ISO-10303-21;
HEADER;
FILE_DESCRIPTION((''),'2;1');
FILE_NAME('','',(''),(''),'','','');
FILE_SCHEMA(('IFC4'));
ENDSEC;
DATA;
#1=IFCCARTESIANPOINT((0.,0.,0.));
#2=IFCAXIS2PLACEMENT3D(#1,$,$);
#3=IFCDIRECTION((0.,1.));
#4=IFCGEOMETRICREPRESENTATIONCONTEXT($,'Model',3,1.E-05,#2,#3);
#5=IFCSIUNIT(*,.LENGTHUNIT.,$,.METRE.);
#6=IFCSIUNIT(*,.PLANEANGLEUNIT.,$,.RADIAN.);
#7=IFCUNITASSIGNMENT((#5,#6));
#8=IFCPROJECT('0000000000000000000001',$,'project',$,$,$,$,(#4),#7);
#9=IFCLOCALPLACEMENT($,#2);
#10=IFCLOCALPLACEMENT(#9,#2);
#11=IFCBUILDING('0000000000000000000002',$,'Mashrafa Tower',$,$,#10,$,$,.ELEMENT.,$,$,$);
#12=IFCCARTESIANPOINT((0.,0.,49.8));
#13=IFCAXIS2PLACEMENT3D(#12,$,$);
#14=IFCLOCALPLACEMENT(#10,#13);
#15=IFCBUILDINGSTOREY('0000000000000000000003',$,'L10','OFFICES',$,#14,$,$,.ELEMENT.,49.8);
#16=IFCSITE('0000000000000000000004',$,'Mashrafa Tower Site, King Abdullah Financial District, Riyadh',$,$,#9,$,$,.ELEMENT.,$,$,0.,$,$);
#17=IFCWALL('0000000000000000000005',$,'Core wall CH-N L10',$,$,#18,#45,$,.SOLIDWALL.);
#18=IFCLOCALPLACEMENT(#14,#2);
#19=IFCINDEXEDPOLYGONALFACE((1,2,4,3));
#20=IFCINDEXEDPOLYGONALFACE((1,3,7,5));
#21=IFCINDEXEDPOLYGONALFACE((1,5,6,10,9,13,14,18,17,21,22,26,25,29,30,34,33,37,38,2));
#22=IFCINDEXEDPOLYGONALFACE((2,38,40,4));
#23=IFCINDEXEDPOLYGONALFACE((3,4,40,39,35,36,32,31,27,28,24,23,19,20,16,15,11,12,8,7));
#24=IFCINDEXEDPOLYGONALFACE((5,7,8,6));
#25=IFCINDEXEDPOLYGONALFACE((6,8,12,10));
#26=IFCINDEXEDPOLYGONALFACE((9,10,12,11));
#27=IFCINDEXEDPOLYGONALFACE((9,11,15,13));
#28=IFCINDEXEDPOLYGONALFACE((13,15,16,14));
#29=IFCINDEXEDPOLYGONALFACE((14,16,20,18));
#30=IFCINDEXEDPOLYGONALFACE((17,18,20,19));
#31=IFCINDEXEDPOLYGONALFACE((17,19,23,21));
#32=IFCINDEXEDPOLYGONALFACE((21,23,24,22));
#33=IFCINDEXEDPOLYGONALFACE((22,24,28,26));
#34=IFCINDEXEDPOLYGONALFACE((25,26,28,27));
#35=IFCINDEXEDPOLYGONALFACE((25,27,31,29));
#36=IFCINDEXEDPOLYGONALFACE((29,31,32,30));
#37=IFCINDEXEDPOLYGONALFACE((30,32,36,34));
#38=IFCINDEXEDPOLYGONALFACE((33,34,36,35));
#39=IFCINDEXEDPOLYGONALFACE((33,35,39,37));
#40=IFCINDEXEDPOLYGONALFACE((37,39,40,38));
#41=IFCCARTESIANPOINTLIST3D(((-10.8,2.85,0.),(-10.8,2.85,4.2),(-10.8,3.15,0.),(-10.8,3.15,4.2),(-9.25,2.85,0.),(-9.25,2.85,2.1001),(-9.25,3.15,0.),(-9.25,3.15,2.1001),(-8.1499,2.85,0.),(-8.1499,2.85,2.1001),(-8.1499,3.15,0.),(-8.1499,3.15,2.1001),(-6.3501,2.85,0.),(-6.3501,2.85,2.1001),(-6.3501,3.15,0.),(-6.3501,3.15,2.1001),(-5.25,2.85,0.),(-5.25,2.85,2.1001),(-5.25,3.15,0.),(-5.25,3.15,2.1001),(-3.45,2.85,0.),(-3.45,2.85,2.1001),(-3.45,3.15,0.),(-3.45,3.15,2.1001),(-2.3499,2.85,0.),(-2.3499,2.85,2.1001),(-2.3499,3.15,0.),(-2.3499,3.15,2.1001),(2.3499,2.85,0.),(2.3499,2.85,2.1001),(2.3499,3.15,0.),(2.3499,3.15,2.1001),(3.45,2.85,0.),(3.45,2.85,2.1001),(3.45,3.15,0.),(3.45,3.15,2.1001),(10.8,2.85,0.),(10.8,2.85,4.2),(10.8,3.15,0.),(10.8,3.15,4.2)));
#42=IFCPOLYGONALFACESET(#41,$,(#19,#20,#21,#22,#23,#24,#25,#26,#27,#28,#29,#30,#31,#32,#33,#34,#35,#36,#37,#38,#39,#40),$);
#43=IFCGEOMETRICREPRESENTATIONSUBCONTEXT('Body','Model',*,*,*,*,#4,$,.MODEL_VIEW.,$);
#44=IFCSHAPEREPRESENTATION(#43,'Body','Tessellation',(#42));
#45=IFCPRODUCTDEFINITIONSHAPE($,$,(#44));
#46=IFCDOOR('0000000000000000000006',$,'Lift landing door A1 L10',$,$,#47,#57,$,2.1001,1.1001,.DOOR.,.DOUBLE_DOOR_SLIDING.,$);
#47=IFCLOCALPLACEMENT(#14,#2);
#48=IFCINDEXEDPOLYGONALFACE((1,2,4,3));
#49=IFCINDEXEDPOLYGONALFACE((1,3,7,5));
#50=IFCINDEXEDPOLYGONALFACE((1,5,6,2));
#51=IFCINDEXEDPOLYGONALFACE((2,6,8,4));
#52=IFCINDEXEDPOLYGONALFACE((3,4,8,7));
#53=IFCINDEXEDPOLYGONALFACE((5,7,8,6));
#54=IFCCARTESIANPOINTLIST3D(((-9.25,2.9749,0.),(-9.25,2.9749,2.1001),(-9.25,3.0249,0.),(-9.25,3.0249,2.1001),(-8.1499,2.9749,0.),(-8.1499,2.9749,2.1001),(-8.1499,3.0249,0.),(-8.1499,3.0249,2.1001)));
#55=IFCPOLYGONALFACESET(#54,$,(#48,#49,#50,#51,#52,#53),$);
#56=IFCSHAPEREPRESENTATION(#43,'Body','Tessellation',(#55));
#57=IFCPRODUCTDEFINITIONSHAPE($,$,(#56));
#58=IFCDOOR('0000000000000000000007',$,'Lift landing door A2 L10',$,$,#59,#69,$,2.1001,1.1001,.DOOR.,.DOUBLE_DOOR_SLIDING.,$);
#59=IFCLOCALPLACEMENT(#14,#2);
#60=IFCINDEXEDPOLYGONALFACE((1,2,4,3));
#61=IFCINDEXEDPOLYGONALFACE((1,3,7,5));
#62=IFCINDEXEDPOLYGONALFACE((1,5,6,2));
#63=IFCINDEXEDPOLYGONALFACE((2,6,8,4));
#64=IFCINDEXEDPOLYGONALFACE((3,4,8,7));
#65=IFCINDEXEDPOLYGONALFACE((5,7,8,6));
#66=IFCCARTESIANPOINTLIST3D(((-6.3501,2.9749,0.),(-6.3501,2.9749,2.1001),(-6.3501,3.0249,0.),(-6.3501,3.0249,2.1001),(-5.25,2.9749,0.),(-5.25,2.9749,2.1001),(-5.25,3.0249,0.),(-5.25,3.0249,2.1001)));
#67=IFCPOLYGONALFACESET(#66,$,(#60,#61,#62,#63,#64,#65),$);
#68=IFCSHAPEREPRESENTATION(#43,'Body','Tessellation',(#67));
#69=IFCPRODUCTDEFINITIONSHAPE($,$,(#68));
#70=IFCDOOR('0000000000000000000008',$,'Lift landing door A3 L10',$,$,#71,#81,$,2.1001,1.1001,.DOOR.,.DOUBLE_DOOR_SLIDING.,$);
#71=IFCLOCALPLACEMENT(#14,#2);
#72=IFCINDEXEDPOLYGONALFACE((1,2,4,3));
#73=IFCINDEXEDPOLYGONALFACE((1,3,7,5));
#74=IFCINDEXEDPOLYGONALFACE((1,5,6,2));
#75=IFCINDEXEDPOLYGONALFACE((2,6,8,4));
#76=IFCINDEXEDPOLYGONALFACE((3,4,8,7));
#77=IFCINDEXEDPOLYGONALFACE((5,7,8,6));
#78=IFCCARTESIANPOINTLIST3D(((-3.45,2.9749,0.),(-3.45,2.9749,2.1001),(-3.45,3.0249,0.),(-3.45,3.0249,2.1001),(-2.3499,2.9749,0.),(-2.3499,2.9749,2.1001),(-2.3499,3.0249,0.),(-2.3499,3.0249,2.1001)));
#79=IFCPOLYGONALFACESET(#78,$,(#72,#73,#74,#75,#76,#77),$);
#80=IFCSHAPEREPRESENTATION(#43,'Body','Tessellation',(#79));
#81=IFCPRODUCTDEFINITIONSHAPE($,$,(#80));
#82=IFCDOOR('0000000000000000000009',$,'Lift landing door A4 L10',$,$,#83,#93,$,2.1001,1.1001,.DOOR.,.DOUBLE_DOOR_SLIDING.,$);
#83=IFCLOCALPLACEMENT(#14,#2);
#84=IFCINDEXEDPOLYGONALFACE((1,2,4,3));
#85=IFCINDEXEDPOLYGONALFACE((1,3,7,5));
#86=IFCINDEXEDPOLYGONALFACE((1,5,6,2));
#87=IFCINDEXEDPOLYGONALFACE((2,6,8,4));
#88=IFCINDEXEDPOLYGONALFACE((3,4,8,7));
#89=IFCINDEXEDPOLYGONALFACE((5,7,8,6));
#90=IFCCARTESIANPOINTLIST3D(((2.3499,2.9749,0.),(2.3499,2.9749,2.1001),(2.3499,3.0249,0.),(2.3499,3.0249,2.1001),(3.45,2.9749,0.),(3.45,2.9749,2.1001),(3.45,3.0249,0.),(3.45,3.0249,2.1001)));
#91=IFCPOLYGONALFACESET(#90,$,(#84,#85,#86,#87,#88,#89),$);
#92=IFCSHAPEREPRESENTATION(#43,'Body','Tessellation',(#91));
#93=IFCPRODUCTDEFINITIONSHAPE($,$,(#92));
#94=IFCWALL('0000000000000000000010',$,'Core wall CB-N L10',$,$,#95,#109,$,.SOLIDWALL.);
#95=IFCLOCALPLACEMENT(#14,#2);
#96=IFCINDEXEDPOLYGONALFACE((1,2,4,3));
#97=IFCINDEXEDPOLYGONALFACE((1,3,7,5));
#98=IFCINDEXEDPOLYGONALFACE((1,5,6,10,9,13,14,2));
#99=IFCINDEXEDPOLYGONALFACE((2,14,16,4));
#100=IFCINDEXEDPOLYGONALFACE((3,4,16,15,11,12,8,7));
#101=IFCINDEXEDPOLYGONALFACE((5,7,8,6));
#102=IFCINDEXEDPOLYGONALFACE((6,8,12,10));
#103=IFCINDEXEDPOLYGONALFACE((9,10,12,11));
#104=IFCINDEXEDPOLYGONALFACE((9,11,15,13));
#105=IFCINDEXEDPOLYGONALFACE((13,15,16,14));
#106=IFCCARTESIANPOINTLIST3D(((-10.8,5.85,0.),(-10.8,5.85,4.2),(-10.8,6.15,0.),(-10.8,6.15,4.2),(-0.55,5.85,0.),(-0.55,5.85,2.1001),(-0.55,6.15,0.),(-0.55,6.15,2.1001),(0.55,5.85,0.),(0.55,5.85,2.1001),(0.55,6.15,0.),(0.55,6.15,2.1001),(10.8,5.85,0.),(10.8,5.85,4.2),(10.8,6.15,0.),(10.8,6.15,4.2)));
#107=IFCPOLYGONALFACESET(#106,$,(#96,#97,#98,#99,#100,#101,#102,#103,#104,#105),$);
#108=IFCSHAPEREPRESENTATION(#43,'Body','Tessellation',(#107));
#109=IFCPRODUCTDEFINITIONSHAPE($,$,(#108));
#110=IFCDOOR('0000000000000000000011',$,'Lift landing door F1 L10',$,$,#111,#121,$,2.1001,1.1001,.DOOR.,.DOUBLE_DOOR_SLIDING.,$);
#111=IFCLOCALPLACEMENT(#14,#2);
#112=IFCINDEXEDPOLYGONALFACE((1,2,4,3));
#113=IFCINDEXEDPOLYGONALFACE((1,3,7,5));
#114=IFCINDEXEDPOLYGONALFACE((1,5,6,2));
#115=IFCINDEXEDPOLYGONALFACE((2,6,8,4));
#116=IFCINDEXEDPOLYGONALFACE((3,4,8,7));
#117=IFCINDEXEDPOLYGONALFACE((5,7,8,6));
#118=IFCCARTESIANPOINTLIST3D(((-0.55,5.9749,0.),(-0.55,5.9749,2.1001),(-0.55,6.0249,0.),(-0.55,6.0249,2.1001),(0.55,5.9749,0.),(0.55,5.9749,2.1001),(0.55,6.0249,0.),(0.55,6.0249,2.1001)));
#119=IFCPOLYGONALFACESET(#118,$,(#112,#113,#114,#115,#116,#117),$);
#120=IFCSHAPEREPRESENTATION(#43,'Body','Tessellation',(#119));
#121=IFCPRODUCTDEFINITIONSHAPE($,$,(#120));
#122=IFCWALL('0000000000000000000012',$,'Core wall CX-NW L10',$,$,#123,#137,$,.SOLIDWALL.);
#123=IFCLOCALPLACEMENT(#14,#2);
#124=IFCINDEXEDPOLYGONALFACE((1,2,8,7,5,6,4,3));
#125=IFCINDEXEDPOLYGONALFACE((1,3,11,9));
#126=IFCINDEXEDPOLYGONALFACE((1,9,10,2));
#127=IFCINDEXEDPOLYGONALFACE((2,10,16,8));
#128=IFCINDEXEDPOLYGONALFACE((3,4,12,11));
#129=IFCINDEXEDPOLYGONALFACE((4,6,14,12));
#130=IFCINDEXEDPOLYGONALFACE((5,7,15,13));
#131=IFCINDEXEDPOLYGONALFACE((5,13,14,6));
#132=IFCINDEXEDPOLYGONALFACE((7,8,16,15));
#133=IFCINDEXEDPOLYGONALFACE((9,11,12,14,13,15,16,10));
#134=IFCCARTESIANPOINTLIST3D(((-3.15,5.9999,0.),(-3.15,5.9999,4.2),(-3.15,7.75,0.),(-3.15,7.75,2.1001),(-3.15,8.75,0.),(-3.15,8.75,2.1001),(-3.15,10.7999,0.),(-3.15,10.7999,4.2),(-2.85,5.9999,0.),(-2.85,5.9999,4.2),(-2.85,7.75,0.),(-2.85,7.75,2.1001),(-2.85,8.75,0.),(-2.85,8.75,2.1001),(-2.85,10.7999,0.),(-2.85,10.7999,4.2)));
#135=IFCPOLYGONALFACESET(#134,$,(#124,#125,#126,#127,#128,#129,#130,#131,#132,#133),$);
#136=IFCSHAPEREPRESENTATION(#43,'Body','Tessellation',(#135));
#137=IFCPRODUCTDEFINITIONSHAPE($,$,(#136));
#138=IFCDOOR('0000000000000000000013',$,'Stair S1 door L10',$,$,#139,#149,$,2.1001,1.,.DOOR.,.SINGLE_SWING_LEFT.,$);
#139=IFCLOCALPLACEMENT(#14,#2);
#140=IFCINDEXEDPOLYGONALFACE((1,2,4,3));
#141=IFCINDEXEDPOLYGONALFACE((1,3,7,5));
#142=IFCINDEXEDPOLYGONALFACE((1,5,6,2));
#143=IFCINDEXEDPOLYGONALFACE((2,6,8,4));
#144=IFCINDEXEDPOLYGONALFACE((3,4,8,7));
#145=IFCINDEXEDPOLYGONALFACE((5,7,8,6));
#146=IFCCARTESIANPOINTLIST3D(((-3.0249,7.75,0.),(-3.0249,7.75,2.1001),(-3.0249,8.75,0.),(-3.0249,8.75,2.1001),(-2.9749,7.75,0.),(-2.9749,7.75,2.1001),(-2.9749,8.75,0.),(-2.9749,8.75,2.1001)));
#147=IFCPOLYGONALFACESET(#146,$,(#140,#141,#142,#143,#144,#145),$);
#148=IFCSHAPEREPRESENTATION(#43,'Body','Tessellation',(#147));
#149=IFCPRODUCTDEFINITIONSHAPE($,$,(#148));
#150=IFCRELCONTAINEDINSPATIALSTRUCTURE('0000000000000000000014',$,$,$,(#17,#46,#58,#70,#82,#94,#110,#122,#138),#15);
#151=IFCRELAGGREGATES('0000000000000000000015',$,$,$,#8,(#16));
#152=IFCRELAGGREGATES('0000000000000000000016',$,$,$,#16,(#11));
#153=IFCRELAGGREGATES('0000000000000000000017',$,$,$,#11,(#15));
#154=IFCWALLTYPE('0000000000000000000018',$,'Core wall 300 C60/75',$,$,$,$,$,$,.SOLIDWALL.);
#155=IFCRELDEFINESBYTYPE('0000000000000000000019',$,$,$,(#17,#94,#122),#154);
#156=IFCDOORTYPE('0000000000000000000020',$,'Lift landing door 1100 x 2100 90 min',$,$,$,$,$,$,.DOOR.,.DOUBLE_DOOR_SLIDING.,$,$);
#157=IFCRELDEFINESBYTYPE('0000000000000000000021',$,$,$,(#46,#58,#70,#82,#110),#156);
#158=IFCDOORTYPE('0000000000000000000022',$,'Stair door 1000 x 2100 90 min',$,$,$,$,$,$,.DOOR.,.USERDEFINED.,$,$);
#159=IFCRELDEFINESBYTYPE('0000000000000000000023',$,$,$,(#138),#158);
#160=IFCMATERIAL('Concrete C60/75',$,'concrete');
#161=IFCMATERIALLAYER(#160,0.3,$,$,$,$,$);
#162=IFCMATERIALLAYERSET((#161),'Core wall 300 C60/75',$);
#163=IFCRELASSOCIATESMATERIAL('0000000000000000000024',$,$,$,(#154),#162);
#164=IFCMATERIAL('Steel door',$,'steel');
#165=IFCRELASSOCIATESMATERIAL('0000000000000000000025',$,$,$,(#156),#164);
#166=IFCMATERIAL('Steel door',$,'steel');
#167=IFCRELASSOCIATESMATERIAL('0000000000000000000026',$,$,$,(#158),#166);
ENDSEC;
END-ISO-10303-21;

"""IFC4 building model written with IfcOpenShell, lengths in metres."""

from ifc_helpers import new_model, si_unit, direction, frame, frame_2d, origin, place, context, subcontext, project, spatial, rectangle, extrude, material, layer, layer_set, type_object, element, fill, save


model = new_model("IFC4")

# Units and contexts
model_context = context("Model", 3, precision=1e-05, world=origin(), true_north=direction((0.0, 1.0)))
body_context = subcontext(model_context, "Body", "Model", "MODEL_VIEW")
ifc_project = project(units=[si_unit("LENGTHUNIT", "METRE"), si_unit("PLANEANGLEUNIT", "RADIAN")], contexts=[model_context])

# Site, building, storey
site_placement = place(None, origin())
site = spatial("IfcSite", under=ifc_project, at=site_placement, Name="Mashrafa Tower Site, King Abdullah Financial District, Riyadh", CompositionType="ELEMENT", RefElevation=0.0)
building_placement = place(site_placement, origin())
building = spatial("IfcBuilding", under=site, at=building_placement, Name="Mashrafa Tower", CompositionType="ELEMENT")
storey_placement = place(building_placement, frame((0.0, 0.0, 49.8)))
storey = spatial("IfcBuildingStorey", under=building, at=storey_placement, Name="L10", Description="OFFICES", CompositionType="ELEMENT", Elevation=49.8)

# Wall, openings, doors
ifc_material_1 = material(Name="Concrete C60/75", Category="concrete")
ifc_layer_1 = layer(ifc_material_1, 0.3)
ifc_layer_set_1 = layer_set([ifc_layer_1], Name="Core wall 300 C60/75")
wall_type_1 = type_object("IfcWallType", Name="Core wall 300 C60/75", PredefinedType="SOLIDWALL", material=ifc_layer_set_1)
wall_1_placement = place(storey_placement, frame((-10.8, 3.0, 0.0), z_axis=(0.0, 0.0, 1.0), x_axis=(1.0, 0.0, 0.0)))
wall_1 = element("IfcWall", 1, at=wall_1_placement, inside=storey, type_object=wall_type_1, Name="Core wall CH-N L10", PredefinedType="SOLIDWALL", context=body_context, shape_type="SweptSolid", body=[
    extrude(rectangle(XDim=21.6001, YDim=0.3, at=frame_2d((10.8, 0.0))), origin(), (0.0, 0.0, 1.0), 4.2),
])
opening_1_placement = place(wall_1_placement, frame((1.55, 0.0, 0.0)))
opening_1 = element("IfcOpeningElement", 2, at=opening_1_placement, cuts=wall_1, PredefinedType="OPENING", context=body_context, shape_type="SweptSolid", body=[
    extrude(rectangle(XDim=1.1001, YDim=2.1001, at=frame_2d((0.55, 1.05))), frame((0.0, 0.1599, 0.0), z_axis=(0.0, -1.0, 0.0), x_axis=(1.0, 0.0, 0.0)), (0.0, 0.0, 1.0), 0.3201),
])
opening_2_placement = place(wall_1_placement, frame((4.45, 0.0, 0.0)))
opening_2 = element("IfcOpeningElement", 3, at=opening_2_placement, cuts=wall_1, PredefinedType="OPENING", context=body_context, shape_type="SweptSolid", body=[
    extrude(rectangle(XDim=1.1001, YDim=2.1001, at=frame_2d((0.55, 1.05))), frame((0.0, 0.1599, 0.0), z_axis=(0.0, -1.0, 0.0), x_axis=(1.0, 0.0, 0.0)), (0.0, 0.0, 1.0), 0.3201),
])
opening_3_placement = place(wall_1_placement, frame((7.3501, 0.0, 0.0)))
opening_3 = element("IfcOpeningElement", 4, at=opening_3_placement, cuts=wall_1, PredefinedType="OPENING", context=body_context, shape_type="SweptSolid", body=[
    extrude(rectangle(XDim=1.1001, YDim=2.1001, at=frame_2d((0.55, 1.05))), frame((0.0, 0.1599, 0.0), z_axis=(0.0, -1.0, 0.0), x_axis=(1.0, 0.0, 0.0)), (0.0, 0.0, 1.0), 0.3201),
])
opening_4_placement = place(wall_1_placement, frame((13.1499, 0.0, 0.0)))
opening_4 = element("IfcOpeningElement", 5, at=opening_4_placement, cuts=wall_1, PredefinedType="OPENING", context=body_context, shape_type="SweptSolid", body=[
    extrude(rectangle(XDim=1.1001, YDim=2.1001, at=frame_2d((0.55, 1.05))), frame((0.0, 0.1599, 0.0), z_axis=(0.0, -1.0, 0.0), x_axis=(1.0, 0.0, 0.0)), (0.0, 0.0, 1.0), 0.3201),
])
ifc_material_2 = material(Name="Steel door", Category="steel")
door_type_1 = type_object("IfcDoorType", Name="Lift landing door 1100 x 2100 90 min", OperationType="DOUBLE_DOOR_SLIDING", PredefinedType="DOOR", material=ifc_material_2)
door_1_placement = place(opening_1_placement, origin())
door_1 = element("IfcDoor", 6, at=door_1_placement, inside=storey, type_object=door_type_1, Name="Lift landing door A1 L10", OperationType="DOUBLE_DOOR_SLIDING", OverallHeight=2.1001, OverallWidth=1.1001, PredefinedType="DOOR", context=body_context, shape_type="SweptSolid", body=[
    extrude(rectangle(XDim=1.1001, YDim=2.1001, at=frame_2d((0.55, 1.05))), frame((0.0, 0.0249, 0.0), z_axis=(0.0, -1.0, 0.0), x_axis=(1.0, 0.0, 0.0)), (0.0, 0.0, 1.0), 0.05),
])
fill(opening_1, door_1)
door_2_placement = place(opening_2_placement, origin())
door_2 = element("IfcDoor", 7, at=door_2_placement, inside=storey, type_object=door_type_1, Name="Lift landing door A2 L10", OperationType="DOUBLE_DOOR_SLIDING", OverallHeight=2.1001, OverallWidth=1.1001, PredefinedType="DOOR", context=body_context, shape_type="SweptSolid", body=[
    extrude(rectangle(XDim=1.1001, YDim=2.1001, at=frame_2d((0.55, 1.05))), frame((0.0, 0.0249, 0.0), z_axis=(0.0, -1.0, 0.0), x_axis=(1.0, 0.0, 0.0)), (0.0, 0.0, 1.0), 0.05),
])
fill(opening_2, door_2)
door_3_placement = place(opening_3_placement, origin())
door_3 = element("IfcDoor", 8, at=door_3_placement, inside=storey, type_object=door_type_1, Name="Lift landing door A3 L10", OperationType="DOUBLE_DOOR_SLIDING", OverallHeight=2.1001, OverallWidth=1.1001, PredefinedType="DOOR", context=body_context, shape_type="SweptSolid", body=[
    extrude(rectangle(XDim=1.1001, YDim=2.1001, at=frame_2d((0.55, 1.05))), frame((0.0, 0.0249, 0.0), z_axis=(0.0, -1.0, 0.0), x_axis=(1.0, 0.0, 0.0)), (0.0, 0.0, 1.0), 0.05),
])
fill(opening_3, door_3)
door_4_placement = place(opening_4_placement, origin())
door_4 = element("IfcDoor", 9, at=door_4_placement, inside=storey, type_object=door_type_1, Name="Lift landing door A4 L10", OperationType="DOUBLE_DOOR_SLIDING", OverallHeight=2.1001, OverallWidth=1.1001, PredefinedType="DOOR", context=body_context, shape_type="SweptSolid", body=[
    extrude(rectangle(XDim=1.1001, YDim=2.1001, at=frame_2d((0.55, 1.05))), frame((0.0, 0.0249, 0.0), z_axis=(0.0, -1.0, 0.0), x_axis=(1.0, 0.0, 0.0)), (0.0, 0.0, 1.0), 0.05),
])
fill(opening_4, door_4)

# Walls, openings, doors
wall_2_placement = place(storey_placement, frame((-10.8, 6.0, 0.0), z_axis=(0.0, 0.0, 1.0), x_axis=(1.0, 0.0, 0.0)))
wall_2 = element("IfcWall", 10, at=wall_2_placement, inside=storey, type_object=wall_type_1, Name="Core wall CB-N L10", PredefinedType="SOLIDWALL", context=body_context, shape_type="SweptSolid", body=[
    extrude(rectangle(XDim=21.6001, YDim=0.3, at=frame_2d((10.8, 0.0))), origin(), (0.0, 0.0, 1.0), 4.2),
])
opening_5_placement = place(wall_2_placement, frame((10.25, 0.0, 0.0)))
opening_5 = element("IfcOpeningElement", 11, at=opening_5_placement, cuts=wall_2, PredefinedType="OPENING", context=body_context, shape_type="SweptSolid", body=[
    extrude(rectangle(XDim=1.1001, YDim=2.1001, at=frame_2d((0.55, 1.05))), frame((0.0, 0.1599, 0.0), z_axis=(0.0, -1.0, 0.0), x_axis=(1.0, 0.0, 0.0)), (0.0, 0.0, 1.0), 0.3201),
])
door_5_placement = place(opening_5_placement, origin())
door_5 = element("IfcDoor", 12, at=door_5_placement, inside=storey, type_object=door_type_1, Name="Lift landing door F1 L10", OperationType="DOUBLE_DOOR_SLIDING", OverallHeight=2.1001, OverallWidth=1.1001, PredefinedType="DOOR", context=body_context, shape_type="SweptSolid", body=[
    extrude(rectangle(XDim=1.1001, YDim=2.1001, at=frame_2d((0.55, 1.05))), frame((0.0, 0.0249, 0.0), z_axis=(0.0, -1.0, 0.0), x_axis=(1.0, 0.0, 0.0)), (0.0, 0.0, 1.0), 0.05),
])
fill(opening_5, door_5)
wall_3_placement = place(storey_placement, frame((-3.0, 6.0, 0.0), z_axis=(0.0, 0.0, 1.0), x_axis=(0.0, 1.0, 0.0)))
wall_3 = element("IfcWall", 13, at=wall_3_placement, inside=storey, type_object=wall_type_1, Name="Core wall CX-NW L10", PredefinedType="SOLIDWALL", context=body_context, shape_type="SweptSolid", body=[
    extrude(rectangle(XDim=4.8, YDim=0.3, at=frame_2d((2.3999, 0.0))), origin(), (0.0, 0.0, 1.0), 4.2),
])
opening_6_placement = place(wall_3_placement, frame((1.75, 0.0, 0.0)))
opening_6 = element("IfcOpeningElement", 14, at=opening_6_placement, cuts=wall_3, PredefinedType="OPENING", context=body_context, shape_type="SweptSolid", body=[
    extrude(rectangle(XDim=1.0, YDim=2.1001, at=frame_2d((0.5, 1.05))), frame((0.0, 0.1599, 0.0), z_axis=(0.0, -1.0, 0.0), x_axis=(1.0, 0.0, 0.0)), (0.0, 0.0, 1.0), 0.3201),
])
ifc_material_3 = material(Name="Steel door", Category="steel")
door_type_2 = type_object("IfcDoorType", Name="Stair door 1000 x 2100 90 min", OperationType="USERDEFINED", PredefinedType="DOOR", material=ifc_material_3)
door_6_placement = place(opening_6_placement, origin())
door_6 = element("IfcDoor", 15, at=door_6_placement, inside=storey, type_object=door_type_2, Name="Stair S1 door L10", OperationType="SINGLE_SWING_LEFT", OverallHeight=2.1001, OverallWidth=1.0, PredefinedType="DOOR", context=body_context, shape_type="SweptSolid", body=[
    extrude(rectangle(XDim=1.0, YDim=2.1001, at=frame_2d((0.5, 1.05))), frame((0.0, 0.0249, 0.0), z_axis=(0.0, -1.0, 0.0), x_axis=(1.0, 0.0, 0.0)), (0.0, 0.0, 1.0), 0.05),
])
fill(opening_6, door_6)

save(model, "model.ifc")
